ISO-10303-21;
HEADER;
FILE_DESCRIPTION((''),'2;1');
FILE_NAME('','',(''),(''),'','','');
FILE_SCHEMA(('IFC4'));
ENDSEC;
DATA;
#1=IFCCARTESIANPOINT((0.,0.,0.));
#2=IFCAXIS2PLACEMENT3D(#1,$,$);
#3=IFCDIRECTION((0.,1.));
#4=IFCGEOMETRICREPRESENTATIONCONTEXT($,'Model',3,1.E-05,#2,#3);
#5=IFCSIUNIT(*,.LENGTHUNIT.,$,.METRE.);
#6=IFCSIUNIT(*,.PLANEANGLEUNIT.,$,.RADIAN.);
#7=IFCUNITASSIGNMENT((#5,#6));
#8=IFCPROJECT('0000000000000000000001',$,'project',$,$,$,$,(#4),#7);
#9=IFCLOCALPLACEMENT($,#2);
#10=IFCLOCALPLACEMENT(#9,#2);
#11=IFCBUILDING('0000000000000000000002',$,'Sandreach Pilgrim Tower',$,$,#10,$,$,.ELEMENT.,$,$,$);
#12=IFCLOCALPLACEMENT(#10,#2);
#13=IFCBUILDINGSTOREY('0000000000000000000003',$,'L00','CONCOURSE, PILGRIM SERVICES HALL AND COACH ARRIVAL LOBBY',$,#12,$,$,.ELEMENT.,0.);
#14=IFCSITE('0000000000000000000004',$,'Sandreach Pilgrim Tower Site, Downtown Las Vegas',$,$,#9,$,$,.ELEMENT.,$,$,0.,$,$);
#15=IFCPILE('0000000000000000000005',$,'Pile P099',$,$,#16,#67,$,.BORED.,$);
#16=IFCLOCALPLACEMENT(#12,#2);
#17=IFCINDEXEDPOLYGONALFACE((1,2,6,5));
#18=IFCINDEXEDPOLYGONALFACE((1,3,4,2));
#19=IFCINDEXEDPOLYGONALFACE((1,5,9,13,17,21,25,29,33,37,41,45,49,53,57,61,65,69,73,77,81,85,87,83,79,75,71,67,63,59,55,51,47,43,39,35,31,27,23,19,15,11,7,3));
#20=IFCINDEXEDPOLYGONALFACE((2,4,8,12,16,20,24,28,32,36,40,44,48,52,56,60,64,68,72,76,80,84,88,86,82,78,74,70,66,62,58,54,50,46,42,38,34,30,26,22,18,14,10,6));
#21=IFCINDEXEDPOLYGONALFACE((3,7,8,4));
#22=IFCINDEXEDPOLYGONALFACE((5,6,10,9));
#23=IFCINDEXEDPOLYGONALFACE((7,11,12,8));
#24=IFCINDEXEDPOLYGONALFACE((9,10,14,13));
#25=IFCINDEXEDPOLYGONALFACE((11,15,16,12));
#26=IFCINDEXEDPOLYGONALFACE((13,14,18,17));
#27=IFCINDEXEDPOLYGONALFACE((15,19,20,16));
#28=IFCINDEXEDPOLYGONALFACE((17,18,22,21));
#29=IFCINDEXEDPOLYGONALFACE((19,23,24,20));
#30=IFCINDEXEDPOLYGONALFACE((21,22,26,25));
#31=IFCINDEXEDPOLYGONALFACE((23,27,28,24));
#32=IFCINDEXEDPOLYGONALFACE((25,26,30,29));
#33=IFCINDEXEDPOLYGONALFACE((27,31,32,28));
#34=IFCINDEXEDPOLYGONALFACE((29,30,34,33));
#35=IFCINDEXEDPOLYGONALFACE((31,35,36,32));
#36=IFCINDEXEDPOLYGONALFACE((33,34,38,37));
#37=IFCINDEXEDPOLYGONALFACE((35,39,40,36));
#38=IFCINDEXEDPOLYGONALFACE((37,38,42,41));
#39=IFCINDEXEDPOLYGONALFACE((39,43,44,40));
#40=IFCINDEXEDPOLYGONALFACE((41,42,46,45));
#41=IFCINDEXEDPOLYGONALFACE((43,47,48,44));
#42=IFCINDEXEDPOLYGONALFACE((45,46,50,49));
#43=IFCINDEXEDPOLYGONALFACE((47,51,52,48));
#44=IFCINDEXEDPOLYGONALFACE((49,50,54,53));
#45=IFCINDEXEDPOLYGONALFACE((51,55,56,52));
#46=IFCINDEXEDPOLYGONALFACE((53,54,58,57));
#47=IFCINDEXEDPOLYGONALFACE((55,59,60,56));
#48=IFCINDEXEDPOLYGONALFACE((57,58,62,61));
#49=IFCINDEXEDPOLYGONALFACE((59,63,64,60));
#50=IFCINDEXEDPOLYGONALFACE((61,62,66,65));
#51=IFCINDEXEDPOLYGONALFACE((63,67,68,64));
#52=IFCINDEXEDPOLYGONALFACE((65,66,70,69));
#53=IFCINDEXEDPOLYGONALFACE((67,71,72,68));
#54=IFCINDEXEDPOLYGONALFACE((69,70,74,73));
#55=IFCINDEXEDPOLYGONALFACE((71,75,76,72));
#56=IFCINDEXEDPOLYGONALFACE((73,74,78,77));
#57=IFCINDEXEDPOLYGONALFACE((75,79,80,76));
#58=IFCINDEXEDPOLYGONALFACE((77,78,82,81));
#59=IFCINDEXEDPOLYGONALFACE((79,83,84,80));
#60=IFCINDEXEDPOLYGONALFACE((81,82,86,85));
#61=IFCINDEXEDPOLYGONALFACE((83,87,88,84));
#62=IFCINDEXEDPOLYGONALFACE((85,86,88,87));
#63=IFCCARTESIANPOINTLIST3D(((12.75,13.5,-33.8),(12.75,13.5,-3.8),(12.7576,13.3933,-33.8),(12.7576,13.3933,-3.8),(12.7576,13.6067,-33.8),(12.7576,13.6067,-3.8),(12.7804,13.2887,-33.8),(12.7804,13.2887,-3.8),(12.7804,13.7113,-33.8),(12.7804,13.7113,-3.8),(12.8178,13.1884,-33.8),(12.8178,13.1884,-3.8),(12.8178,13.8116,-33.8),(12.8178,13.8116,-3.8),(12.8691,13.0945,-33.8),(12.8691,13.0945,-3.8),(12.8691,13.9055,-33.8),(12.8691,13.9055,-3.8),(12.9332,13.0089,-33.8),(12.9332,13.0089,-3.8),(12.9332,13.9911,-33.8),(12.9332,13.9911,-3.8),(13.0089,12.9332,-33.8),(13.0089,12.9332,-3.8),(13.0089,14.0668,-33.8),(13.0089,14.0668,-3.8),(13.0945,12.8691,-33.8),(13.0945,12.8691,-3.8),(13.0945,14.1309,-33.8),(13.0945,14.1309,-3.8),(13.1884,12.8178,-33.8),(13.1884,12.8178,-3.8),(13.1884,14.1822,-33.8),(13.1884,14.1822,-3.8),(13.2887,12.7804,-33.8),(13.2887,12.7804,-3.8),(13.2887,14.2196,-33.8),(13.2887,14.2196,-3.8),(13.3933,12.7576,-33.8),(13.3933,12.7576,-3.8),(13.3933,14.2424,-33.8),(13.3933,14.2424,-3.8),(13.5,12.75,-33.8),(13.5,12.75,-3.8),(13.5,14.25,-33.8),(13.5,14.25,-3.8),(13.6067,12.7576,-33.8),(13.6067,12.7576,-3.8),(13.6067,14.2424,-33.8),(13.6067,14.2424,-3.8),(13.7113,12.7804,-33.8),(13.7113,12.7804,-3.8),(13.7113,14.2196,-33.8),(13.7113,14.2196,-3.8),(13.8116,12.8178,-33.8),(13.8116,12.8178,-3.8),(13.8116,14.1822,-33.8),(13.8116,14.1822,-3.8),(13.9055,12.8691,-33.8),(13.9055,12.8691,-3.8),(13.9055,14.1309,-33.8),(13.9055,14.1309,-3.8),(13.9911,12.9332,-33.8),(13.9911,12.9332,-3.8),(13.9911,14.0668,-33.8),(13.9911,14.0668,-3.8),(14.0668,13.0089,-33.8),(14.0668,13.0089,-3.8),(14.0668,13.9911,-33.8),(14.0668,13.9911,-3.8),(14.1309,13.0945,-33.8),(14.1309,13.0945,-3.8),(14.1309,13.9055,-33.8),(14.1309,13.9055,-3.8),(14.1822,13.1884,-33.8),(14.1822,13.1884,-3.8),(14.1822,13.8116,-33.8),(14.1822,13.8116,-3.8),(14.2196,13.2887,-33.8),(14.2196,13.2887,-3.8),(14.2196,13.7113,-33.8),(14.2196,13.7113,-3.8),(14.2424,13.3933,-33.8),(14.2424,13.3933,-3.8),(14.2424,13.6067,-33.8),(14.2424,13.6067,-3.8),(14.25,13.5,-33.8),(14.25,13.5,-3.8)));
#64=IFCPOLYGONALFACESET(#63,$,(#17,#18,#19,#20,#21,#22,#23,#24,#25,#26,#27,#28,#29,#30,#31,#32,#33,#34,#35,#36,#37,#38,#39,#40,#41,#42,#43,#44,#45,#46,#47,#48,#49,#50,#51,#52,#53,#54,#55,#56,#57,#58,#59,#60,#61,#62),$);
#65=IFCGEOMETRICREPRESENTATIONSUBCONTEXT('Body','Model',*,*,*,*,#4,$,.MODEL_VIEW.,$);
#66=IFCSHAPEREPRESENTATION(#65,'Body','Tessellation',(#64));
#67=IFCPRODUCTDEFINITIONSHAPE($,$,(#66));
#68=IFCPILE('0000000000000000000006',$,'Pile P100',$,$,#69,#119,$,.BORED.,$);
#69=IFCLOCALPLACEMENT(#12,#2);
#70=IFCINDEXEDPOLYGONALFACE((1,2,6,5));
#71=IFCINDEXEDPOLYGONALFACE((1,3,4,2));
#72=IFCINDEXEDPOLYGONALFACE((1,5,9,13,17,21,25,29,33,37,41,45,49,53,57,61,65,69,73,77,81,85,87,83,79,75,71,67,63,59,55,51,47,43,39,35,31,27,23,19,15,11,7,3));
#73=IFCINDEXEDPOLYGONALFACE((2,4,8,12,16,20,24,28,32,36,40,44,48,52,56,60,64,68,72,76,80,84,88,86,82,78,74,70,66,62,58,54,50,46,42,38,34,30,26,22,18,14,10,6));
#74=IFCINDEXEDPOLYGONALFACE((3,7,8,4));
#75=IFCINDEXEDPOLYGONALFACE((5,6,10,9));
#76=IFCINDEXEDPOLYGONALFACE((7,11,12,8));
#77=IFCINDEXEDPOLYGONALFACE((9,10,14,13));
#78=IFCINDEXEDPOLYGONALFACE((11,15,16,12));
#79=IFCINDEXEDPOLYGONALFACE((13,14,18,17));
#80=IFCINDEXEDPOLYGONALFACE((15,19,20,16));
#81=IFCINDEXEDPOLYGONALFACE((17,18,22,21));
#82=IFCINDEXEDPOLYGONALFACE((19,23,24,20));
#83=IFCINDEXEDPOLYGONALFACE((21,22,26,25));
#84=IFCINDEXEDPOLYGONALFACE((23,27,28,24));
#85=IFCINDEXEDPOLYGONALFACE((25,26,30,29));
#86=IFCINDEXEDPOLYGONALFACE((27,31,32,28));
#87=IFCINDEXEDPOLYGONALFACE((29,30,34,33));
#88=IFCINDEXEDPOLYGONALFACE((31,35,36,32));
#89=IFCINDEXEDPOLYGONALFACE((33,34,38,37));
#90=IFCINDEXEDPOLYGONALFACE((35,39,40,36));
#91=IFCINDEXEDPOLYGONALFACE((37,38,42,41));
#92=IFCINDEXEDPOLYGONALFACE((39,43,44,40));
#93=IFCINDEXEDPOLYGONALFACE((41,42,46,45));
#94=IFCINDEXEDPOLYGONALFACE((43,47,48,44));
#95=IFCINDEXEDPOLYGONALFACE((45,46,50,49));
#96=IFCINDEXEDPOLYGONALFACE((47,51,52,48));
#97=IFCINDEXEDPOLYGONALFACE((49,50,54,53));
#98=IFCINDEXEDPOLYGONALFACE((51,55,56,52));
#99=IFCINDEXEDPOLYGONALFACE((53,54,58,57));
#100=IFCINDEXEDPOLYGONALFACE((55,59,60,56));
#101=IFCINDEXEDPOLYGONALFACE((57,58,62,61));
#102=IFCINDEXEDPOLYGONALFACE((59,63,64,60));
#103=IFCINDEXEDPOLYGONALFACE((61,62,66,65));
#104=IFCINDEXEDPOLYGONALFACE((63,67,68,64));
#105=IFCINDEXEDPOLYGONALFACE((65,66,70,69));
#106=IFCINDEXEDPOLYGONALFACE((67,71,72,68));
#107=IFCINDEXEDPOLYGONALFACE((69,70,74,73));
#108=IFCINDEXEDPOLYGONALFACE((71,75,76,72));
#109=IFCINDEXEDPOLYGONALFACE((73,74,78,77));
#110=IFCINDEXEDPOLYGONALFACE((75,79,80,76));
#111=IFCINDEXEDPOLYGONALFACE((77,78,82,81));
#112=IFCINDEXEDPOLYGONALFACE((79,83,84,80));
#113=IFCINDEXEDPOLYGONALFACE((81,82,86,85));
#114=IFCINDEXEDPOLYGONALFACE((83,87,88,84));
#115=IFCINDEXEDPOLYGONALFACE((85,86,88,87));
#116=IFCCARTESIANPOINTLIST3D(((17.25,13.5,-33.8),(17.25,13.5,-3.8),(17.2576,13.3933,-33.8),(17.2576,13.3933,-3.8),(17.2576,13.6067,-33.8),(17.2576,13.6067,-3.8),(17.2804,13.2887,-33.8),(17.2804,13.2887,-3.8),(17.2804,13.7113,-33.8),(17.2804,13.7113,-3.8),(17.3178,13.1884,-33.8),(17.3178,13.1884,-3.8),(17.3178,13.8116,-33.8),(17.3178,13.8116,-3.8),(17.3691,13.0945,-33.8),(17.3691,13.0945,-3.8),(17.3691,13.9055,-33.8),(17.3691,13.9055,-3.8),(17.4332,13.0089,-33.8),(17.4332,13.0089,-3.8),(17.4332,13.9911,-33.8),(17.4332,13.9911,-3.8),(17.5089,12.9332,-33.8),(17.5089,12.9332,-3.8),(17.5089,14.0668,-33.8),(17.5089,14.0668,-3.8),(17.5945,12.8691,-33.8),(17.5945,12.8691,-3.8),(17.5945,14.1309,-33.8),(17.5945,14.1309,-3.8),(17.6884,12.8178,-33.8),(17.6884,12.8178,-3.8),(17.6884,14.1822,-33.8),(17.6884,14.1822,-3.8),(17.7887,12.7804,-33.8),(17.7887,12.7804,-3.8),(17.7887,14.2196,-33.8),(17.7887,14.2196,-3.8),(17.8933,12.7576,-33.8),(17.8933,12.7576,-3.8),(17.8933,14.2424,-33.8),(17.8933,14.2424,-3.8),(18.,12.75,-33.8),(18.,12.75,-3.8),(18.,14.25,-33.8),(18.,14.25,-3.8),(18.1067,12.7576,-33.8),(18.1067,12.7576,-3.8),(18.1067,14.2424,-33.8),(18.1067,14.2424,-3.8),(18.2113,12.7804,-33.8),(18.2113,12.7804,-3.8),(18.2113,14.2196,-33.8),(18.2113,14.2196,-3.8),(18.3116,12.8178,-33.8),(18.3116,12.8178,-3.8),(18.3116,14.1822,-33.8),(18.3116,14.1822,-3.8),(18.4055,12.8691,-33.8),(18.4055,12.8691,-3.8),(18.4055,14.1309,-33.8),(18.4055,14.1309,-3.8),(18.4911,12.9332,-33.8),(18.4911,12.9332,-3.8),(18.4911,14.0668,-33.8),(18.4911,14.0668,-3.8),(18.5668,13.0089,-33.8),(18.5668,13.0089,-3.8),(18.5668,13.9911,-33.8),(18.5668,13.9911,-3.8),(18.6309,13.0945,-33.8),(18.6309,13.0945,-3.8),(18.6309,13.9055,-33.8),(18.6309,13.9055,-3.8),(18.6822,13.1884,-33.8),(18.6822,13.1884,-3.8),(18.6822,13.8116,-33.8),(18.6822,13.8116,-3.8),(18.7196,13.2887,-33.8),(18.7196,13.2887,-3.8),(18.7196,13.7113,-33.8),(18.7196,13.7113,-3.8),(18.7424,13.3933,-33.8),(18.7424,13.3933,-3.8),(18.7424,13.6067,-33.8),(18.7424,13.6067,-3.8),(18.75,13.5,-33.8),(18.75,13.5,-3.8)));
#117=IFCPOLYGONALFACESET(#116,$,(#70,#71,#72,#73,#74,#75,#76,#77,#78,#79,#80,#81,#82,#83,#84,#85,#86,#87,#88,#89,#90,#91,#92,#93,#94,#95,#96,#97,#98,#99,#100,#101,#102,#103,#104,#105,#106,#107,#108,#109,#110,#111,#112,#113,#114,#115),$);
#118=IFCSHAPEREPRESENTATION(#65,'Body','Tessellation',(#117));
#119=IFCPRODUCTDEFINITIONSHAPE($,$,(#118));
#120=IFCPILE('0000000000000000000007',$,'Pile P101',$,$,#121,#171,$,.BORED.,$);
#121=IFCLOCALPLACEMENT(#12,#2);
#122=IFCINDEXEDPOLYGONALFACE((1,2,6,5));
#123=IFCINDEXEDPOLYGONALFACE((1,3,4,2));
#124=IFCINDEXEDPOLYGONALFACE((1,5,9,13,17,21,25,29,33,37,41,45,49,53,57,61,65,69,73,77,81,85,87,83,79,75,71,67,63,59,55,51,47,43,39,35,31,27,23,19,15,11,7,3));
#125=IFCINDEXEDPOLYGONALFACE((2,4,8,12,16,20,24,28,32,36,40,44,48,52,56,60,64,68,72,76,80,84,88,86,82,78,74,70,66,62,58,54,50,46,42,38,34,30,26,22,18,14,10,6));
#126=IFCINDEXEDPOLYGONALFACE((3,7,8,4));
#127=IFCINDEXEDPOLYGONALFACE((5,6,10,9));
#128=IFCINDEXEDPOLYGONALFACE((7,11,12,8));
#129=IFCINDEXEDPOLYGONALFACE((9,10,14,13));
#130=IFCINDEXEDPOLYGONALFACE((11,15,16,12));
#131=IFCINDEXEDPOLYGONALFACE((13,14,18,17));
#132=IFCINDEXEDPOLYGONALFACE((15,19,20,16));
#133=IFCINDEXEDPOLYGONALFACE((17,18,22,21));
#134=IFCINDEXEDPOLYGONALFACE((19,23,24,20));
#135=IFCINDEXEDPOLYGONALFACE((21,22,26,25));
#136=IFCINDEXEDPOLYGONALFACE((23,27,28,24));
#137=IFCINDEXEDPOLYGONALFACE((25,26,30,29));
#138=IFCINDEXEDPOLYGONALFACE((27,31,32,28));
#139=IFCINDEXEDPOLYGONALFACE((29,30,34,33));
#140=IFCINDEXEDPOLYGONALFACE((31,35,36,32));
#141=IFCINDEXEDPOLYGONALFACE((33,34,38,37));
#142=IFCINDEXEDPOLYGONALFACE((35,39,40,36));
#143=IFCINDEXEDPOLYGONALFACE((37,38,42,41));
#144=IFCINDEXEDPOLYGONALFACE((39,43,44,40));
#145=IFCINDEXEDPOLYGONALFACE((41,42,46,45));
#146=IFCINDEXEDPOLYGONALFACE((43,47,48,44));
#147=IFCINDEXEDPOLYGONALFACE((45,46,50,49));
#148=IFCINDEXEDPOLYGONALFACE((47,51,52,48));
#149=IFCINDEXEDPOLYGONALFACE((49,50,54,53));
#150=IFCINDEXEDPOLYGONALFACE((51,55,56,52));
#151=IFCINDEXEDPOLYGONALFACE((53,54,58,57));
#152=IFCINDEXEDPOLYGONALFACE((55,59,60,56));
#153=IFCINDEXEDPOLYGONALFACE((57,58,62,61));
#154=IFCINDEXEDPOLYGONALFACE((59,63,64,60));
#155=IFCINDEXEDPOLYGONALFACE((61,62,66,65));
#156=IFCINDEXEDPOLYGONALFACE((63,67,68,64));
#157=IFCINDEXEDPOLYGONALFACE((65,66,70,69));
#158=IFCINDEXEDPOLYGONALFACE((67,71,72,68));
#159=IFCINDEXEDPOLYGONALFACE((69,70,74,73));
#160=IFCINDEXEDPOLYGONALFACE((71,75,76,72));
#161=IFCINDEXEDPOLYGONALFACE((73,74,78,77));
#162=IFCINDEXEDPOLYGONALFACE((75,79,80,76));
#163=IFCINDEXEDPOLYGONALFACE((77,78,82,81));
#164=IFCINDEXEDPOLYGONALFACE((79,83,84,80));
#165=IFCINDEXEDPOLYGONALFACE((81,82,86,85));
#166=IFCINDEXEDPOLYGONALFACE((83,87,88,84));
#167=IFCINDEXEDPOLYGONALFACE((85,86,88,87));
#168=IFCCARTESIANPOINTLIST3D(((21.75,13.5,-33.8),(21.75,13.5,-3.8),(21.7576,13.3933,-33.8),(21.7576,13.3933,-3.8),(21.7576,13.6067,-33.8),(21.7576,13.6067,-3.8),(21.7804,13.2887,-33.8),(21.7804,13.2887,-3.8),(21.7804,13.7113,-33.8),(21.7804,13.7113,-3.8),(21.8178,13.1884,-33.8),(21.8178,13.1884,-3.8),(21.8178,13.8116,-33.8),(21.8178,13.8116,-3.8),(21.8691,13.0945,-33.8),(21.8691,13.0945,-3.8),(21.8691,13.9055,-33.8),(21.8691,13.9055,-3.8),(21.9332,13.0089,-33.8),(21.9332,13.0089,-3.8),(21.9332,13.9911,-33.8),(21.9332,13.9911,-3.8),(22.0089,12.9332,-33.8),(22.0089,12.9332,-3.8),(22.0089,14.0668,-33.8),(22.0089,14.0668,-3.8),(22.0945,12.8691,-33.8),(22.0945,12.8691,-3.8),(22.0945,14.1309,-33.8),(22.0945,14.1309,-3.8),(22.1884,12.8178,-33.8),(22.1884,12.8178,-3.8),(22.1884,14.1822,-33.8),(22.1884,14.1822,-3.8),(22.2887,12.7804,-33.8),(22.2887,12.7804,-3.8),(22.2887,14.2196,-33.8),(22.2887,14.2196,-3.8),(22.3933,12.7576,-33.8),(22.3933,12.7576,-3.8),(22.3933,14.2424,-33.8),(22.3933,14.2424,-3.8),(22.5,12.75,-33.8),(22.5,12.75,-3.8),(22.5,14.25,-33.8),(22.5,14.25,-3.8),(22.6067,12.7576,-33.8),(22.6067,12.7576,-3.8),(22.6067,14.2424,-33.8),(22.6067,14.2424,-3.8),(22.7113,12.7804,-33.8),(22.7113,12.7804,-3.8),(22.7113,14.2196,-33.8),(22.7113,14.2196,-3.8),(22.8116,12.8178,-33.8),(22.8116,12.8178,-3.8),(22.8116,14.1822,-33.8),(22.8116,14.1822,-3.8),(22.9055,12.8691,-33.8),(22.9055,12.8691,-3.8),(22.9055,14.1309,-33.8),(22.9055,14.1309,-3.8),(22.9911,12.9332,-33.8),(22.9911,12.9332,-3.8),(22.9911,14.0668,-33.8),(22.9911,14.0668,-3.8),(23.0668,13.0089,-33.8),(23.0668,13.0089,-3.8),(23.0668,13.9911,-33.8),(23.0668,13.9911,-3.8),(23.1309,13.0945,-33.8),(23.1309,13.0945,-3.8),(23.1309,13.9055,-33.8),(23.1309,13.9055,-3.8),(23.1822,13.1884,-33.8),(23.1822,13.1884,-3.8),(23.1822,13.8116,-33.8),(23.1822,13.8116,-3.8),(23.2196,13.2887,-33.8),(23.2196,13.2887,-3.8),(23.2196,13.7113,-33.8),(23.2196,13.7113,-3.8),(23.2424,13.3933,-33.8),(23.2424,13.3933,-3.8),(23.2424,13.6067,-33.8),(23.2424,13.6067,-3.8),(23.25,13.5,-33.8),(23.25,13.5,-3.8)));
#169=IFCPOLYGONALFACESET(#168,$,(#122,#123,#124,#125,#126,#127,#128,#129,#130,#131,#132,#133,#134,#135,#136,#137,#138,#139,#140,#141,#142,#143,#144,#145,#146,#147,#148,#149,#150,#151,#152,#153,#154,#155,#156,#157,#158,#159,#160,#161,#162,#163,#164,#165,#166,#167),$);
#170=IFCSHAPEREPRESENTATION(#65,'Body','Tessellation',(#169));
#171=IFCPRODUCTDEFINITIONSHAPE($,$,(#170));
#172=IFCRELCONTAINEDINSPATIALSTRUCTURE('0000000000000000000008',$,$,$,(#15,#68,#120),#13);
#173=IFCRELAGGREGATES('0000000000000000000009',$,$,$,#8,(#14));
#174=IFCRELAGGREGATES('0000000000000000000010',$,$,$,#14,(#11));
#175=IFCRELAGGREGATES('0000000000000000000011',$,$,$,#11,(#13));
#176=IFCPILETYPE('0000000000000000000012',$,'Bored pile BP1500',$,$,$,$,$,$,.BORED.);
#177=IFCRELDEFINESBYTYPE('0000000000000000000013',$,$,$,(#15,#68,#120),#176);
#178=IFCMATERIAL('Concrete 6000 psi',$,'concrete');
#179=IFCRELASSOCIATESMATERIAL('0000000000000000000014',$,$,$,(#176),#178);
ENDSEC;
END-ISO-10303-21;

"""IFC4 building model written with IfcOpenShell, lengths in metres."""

from ifc_helpers import new_model, si_unit, direction, frame, origin, origin_2d, place, context, subcontext, project, spatial, circle, extrude, material, material_profile, profile_set, type_object, element, save


model = new_model("IFC4")

# Units and contexts
model_context = context("Model", 3, precision=1e-05, world=origin(), true_north=direction((0.0, 1.0)))
body_context = subcontext(model_context, "Body", "Model", "MODEL_VIEW")
ifc_project = project(units=[si_unit("LENGTHUNIT", "METRE"), si_unit("PLANEANGLEUNIT", "RADIAN")], contexts=[model_context])

# Site, building, storey
site_placement = place(None, origin())
site = spatial("IfcSite", under=ifc_project, at=site_placement, Name="Sandreach Pilgrim Tower Site, Downtown Las Vegas", CompositionType="ELEMENT", RefElevation=0.0)
building_placement = place(site_placement, origin())
building = spatial("IfcBuilding", under=site, at=building_placement, Name="Sandreach Pilgrim Tower", CompositionType="ELEMENT")
storey_placement = place(building_placement, origin())
storey = spatial("IfcBuildingStorey", under=building, at=storey_placement, Name="L00", Description="CONCOURSE, PILGRIM SERVICES HALL AND COACH ARRIVAL LOBBY", CompositionType="ELEMENT", Elevation=0.0)

# Piles
ifc_material_1 = material(Name="Concrete 6000 psi", Category="concrete")
ifc_material_profile_1 = material_profile(ifc_material_1, circle(Radius=0.75, at=origin_2d()), Name="BP1500")
ifc_profile_set_1 = profile_set([ifc_material_profile_1], Name="Concrete 6000 psi")
pile_type = type_object("IfcPileType", Name="Bored pile BP1500", PredefinedType="BORED", material=ifc_profile_set_1)
for number, where, z_axis, x_axis, name in (
    (1, (13.5, 13.5, -3.8), (0.0, 0.0, -1.0), (1.0, 0.0, 0.0), "Pile P099"),
    (2, (18.0, 13.5, -3.8), (0.0, 0.0, -1.0), (1.0, 0.0, 0.0), "Pile P100"),
    (3, (22.5, 13.5, -3.8), (0.0, 0.0, -1.0), (1.0, 0.0, 0.0), "Pile P101"),
):
    element("IfcPile", number, at=place(storey_placement, frame(where, z_axis=z_axis, x_axis=x_axis)), inside=storey, type_object=pile_type, Name=name, PredefinedType="BORED", context=body_context, shape_type="SweptSolid", body=[
        extrude(circle(Radius=0.75, at=origin_2d()), origin(), (0.0, 0.0, 1.0), 30.0),
    ])

save(model, "model.ifc")
